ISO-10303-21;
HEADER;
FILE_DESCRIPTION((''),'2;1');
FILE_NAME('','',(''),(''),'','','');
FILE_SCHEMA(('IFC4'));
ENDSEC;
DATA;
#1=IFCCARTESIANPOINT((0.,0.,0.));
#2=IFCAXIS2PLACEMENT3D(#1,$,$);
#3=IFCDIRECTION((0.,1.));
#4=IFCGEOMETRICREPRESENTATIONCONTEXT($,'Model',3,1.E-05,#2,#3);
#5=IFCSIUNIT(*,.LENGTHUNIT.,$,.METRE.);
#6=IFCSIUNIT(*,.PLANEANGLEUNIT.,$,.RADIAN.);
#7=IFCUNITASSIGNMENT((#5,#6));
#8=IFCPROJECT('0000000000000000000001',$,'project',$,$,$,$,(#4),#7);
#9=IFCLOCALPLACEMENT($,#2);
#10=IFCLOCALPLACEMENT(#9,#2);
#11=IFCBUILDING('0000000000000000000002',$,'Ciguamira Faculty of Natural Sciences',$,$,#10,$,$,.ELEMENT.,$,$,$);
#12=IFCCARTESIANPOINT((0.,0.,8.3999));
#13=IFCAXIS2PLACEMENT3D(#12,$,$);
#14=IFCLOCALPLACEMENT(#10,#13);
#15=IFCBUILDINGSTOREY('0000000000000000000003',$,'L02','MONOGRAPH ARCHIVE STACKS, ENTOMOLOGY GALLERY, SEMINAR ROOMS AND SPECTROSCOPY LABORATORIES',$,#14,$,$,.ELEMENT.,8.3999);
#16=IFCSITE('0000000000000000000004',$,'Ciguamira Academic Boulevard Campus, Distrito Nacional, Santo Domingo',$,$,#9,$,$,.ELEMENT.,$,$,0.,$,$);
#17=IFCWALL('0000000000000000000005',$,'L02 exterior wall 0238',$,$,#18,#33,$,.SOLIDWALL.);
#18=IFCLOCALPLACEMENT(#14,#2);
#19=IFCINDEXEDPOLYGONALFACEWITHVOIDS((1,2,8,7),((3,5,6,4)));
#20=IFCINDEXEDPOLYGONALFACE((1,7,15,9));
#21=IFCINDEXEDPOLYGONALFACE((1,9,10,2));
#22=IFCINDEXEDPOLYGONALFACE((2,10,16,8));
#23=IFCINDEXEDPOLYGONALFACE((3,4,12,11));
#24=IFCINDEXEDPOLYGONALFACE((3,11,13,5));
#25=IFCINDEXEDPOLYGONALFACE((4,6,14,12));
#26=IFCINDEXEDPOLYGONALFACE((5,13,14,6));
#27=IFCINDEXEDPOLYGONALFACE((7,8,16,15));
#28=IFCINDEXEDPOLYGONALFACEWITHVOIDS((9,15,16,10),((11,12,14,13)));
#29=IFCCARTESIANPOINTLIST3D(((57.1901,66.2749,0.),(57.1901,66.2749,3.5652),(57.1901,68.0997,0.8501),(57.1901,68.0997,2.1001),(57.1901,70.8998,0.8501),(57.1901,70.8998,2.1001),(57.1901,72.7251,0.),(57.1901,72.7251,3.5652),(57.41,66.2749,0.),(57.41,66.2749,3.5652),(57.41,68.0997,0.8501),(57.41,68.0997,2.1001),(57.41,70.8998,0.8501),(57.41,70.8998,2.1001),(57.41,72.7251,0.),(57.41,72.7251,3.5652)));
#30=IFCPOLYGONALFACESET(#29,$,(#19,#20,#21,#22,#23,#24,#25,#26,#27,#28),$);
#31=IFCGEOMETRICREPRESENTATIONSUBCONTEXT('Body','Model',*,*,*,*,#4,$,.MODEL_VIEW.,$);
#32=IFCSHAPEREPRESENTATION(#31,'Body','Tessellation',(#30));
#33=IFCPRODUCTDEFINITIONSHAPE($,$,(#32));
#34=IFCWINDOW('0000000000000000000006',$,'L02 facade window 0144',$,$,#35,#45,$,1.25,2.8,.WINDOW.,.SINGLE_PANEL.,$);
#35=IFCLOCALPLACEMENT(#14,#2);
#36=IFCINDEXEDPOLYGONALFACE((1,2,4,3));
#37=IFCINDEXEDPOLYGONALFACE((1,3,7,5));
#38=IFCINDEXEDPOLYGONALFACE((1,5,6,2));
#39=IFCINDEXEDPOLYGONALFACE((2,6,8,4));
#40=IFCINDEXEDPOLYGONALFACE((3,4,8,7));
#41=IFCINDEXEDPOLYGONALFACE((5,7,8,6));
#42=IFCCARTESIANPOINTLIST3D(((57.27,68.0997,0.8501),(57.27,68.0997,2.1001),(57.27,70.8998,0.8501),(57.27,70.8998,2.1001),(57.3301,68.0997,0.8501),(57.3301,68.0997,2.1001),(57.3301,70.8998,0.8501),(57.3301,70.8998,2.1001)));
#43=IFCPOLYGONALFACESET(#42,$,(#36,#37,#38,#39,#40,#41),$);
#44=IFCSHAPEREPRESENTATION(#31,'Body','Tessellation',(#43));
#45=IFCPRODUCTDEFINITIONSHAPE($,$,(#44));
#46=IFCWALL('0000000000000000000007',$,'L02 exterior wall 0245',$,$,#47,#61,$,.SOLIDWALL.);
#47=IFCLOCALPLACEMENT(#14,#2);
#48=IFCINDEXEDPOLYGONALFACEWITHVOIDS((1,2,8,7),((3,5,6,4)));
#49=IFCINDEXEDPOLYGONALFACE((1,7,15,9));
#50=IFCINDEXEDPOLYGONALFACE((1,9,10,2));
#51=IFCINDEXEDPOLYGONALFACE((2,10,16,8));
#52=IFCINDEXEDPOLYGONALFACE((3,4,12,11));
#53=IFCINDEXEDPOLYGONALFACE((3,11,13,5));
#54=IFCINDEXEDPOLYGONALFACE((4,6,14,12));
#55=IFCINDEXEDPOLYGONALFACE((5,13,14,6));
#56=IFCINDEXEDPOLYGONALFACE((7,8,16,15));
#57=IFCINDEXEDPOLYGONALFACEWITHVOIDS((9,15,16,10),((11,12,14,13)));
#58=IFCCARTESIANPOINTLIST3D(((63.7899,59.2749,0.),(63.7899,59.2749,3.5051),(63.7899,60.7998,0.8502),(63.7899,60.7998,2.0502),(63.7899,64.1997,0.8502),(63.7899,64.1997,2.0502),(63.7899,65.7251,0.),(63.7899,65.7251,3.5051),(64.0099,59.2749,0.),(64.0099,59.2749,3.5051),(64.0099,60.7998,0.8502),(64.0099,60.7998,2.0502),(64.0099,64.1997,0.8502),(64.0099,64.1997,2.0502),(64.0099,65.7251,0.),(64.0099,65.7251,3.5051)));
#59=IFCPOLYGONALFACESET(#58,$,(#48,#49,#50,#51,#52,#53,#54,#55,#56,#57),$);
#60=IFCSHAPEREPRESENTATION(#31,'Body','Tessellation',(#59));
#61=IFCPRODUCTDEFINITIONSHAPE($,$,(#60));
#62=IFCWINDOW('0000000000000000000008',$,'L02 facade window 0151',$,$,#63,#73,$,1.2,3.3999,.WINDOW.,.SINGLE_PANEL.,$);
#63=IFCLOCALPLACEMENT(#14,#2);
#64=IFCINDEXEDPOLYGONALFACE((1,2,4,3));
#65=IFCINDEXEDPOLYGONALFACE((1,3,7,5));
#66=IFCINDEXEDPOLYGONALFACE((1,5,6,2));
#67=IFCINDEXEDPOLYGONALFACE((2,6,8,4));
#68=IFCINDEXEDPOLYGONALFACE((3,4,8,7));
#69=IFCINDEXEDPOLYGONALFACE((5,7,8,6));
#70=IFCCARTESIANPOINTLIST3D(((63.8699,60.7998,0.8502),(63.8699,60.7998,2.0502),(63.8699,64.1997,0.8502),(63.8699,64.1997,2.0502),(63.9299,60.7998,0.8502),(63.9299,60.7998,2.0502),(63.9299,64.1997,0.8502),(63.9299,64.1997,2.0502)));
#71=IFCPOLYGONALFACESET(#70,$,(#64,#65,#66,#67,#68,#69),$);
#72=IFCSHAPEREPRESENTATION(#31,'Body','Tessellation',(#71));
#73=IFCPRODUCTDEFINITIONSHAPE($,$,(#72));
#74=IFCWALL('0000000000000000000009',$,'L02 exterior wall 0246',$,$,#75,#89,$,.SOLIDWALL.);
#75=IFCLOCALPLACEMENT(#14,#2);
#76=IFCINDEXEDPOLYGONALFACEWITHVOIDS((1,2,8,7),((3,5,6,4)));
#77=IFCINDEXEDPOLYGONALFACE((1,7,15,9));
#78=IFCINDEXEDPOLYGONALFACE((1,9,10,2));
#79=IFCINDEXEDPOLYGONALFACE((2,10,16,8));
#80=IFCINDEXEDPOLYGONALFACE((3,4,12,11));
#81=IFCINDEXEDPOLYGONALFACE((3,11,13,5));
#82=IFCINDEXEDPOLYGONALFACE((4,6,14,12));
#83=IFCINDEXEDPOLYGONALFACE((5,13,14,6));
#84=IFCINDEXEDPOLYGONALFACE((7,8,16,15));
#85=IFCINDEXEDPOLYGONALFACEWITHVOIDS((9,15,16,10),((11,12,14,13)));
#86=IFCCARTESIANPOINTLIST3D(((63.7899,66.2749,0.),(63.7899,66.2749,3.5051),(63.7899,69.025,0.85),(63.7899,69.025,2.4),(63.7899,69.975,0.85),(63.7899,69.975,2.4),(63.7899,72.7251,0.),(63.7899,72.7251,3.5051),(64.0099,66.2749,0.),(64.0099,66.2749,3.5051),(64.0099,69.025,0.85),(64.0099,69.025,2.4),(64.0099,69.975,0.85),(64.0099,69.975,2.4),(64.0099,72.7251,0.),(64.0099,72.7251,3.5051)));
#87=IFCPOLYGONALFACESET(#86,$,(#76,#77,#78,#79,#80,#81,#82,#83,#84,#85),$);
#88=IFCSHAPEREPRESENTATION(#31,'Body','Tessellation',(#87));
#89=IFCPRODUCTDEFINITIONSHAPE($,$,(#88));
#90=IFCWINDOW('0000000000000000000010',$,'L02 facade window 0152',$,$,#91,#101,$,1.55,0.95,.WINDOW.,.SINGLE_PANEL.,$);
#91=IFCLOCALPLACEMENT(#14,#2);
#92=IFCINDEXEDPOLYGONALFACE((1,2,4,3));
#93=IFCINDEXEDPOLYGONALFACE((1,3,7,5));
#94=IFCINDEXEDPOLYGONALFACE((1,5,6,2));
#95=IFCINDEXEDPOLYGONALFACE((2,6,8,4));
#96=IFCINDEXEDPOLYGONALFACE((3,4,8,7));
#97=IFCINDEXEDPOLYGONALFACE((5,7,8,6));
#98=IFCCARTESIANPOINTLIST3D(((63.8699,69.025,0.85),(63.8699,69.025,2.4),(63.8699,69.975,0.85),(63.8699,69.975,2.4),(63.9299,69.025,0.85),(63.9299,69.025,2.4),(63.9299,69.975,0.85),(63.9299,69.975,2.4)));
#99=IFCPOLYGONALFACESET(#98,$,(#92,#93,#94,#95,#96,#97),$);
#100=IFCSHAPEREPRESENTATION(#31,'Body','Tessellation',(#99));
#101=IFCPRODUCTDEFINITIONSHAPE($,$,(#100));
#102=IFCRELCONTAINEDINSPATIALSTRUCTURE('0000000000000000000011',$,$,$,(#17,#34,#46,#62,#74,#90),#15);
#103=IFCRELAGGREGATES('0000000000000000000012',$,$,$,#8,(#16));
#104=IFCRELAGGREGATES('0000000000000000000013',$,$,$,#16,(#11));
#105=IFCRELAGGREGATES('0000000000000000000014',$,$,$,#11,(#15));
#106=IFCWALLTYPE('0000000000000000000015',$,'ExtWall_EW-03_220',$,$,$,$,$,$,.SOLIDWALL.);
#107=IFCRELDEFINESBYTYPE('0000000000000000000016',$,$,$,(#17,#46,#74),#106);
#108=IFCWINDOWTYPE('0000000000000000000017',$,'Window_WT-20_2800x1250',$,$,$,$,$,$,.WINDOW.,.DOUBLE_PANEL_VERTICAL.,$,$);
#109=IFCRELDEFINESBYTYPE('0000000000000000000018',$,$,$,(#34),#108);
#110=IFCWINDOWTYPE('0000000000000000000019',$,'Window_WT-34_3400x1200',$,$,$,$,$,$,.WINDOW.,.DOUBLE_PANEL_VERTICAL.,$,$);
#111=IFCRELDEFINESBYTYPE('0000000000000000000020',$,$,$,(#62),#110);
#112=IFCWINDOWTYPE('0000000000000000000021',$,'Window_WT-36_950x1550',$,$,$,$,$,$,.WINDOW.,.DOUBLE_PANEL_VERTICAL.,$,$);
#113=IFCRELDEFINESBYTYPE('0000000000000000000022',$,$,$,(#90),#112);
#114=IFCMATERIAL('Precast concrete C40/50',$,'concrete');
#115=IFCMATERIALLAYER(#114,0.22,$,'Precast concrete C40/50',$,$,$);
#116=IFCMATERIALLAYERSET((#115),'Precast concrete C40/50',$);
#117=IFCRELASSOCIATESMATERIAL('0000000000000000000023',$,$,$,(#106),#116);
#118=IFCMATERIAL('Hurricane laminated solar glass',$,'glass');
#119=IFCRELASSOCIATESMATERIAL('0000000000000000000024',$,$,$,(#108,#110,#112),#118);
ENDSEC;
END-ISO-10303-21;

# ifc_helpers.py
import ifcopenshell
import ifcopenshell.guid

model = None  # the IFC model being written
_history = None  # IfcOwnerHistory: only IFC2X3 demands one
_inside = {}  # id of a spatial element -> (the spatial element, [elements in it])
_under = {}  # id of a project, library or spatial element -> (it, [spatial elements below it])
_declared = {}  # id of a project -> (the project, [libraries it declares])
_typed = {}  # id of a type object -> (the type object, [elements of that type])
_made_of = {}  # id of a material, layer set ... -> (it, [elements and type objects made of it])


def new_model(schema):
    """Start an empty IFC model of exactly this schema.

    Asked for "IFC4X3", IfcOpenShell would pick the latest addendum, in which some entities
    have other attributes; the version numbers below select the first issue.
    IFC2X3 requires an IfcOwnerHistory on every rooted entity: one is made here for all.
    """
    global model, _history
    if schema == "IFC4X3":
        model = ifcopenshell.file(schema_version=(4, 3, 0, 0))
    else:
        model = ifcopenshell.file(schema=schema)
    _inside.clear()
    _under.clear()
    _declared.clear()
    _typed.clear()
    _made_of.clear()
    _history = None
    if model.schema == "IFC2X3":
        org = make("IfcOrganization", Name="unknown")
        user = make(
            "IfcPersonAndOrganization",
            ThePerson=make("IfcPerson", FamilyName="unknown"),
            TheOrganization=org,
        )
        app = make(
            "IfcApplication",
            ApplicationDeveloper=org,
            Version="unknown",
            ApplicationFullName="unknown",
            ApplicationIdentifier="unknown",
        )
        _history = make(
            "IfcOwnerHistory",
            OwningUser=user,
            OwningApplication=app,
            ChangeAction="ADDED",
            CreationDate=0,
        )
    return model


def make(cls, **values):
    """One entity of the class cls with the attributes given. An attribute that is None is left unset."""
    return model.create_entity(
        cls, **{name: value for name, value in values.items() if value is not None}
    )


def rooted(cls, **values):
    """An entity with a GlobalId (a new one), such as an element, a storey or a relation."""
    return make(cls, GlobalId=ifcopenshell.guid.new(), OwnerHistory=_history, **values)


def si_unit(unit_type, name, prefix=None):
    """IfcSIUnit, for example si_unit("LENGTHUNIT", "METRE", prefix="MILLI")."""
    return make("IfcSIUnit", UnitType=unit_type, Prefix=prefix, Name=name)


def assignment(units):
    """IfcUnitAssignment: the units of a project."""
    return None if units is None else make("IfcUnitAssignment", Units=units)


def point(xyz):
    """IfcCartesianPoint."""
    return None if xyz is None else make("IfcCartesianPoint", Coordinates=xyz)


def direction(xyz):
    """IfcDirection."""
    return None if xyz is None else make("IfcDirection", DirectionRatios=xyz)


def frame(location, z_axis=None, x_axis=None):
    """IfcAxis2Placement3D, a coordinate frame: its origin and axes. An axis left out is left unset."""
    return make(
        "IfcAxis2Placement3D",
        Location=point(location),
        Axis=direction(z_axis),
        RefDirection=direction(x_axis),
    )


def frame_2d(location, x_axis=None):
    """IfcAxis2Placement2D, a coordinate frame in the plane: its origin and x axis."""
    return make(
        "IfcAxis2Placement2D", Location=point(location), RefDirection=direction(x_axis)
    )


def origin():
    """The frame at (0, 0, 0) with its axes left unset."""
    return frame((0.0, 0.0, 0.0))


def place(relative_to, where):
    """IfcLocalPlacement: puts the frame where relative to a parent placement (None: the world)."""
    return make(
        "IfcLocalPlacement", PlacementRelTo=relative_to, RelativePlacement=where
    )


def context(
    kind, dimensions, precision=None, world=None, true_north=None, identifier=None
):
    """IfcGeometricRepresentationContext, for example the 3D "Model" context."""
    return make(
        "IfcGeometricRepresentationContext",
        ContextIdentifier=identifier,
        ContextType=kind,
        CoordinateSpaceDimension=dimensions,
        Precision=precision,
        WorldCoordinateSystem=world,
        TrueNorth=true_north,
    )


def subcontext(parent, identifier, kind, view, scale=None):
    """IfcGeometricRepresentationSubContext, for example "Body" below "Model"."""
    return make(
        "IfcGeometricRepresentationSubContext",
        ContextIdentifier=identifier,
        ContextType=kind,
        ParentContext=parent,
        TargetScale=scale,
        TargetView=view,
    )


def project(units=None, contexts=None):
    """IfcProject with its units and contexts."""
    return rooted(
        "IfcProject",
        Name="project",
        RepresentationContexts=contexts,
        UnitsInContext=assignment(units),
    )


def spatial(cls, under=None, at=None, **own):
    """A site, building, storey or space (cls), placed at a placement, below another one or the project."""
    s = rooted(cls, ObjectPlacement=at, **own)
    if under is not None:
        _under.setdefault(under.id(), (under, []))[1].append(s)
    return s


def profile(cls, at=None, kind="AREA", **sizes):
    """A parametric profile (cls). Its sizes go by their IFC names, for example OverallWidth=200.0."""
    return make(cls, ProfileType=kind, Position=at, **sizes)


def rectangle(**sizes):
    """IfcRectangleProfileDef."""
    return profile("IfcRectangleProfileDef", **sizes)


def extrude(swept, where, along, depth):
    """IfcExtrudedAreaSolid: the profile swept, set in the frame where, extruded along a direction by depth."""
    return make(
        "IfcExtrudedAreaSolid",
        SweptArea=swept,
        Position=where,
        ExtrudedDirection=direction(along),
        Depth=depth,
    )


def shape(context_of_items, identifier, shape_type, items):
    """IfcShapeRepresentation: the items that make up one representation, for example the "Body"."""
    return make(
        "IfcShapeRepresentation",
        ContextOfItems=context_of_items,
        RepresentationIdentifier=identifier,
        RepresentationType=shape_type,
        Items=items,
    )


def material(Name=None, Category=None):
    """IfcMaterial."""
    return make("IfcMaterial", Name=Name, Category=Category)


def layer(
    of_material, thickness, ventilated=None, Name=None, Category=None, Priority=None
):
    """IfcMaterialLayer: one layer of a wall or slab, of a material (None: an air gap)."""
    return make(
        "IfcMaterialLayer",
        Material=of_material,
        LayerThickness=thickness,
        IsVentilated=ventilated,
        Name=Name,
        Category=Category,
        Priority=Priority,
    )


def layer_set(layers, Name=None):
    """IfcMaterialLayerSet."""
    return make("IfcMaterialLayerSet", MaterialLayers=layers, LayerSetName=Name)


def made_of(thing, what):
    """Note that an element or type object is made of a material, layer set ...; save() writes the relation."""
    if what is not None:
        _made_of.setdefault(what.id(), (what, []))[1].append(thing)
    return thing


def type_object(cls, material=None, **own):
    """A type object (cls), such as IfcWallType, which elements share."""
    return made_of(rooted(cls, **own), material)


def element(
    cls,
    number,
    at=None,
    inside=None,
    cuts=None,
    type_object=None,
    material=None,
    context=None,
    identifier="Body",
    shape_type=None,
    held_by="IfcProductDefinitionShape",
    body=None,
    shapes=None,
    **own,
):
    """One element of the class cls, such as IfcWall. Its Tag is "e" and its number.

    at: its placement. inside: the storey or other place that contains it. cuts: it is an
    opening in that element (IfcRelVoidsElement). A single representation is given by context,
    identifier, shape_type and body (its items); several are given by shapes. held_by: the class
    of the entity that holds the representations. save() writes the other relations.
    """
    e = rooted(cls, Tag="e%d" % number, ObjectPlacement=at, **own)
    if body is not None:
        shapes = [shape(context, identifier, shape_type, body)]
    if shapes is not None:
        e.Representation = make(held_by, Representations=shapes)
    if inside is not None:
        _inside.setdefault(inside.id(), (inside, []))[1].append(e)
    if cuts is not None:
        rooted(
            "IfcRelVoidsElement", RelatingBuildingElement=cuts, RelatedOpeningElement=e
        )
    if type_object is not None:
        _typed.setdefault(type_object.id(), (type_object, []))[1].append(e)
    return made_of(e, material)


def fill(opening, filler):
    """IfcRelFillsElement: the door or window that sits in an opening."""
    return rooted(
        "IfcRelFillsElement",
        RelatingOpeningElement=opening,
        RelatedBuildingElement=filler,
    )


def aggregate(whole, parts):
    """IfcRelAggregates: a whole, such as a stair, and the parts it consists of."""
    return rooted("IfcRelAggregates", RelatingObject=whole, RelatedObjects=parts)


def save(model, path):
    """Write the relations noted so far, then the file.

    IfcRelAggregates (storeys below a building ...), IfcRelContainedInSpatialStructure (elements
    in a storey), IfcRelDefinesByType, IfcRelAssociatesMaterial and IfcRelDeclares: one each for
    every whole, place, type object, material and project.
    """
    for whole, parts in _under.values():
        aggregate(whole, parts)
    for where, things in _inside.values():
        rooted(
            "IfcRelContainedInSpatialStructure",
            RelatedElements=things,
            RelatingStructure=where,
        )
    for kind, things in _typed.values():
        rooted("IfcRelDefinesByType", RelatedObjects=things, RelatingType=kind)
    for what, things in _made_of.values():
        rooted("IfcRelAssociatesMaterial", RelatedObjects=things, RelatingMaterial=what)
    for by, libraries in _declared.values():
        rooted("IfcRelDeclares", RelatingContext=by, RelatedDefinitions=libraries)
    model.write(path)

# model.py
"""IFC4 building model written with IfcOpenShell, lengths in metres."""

from ifc_helpers import new_model, si_unit, direction, frame, frame_2d, origin, place, context, subcontext, project, spatial, rectangle, extrude, material, layer, layer_set, type_object, element, fill, save


model = new_model("IFC4")

# Units and contexts
model_context = context("Model", 3, precision=1e-05, world=origin(), true_north=direction((0.0, 1.0)))
body_context = subcontext(model_context, "Body", "Model", "MODEL_VIEW")
ifc_project = project(units=[si_unit("LENGTHUNIT", "METRE"), si_unit("PLANEANGLEUNIT", "RADIAN")], contexts=[model_context])

# Site, building, storey
site_placement = place(None, origin())
site = spatial("IfcSite", under=ifc_project, at=site_placement, Name="Ciguamira Academic Boulevard Campus, Distrito Nacional, Santo Domingo", CompositionType="ELEMENT", RefElevation=0.0)
building_placement = place(site_placement, origin())
building = spatial("IfcBuilding", under=site, at=building_placement, Name="Ciguamira Faculty of Natural Sciences", CompositionType="ELEMENT")
storey_placement = place(building_placement, frame((0.0, 0.0, 8.3999)))
storey = spatial("IfcBuildingStorey", under=building, at=storey_placement, Name="L02", Description="MONOGRAPH ARCHIVE STACKS, ENTOMOLOGY GALLERY, SEMINAR ROOMS AND SPECTROSCOPY LABORATORIES", CompositionType="ELEMENT", Elevation=8.3999)

# Shared definitions
ifc_material_1 = material(Name="Precast concrete C40/50", Category="concrete")

# Walls, openings, windows
ifc_layer = layer(ifc_material_1, 0.22, Name="Precast concrete C40/50")
ifc_layer_set = layer_set([ifc_layer], Name="Precast concrete C40/50")
wall_type = type_object("IfcWallType", Name="ExtWall_EW-03_220", PredefinedType="SOLIDWALL", material=ifc_layer_set)
ifc_material_2 = material(Name="Hurricane laminated solar glass", Category="glass")
wall_1_placement = place(storey_placement, frame((57.3, 66.2749, 0.0), z_axis=(0.0, 0.0, 1.0), x_axis=(0.0, 1.0, 0.0)))
wall_1 = element("IfcWall", 1, at=wall_1_placement, inside=storey, type_object=wall_type, Name="L02 exterior wall 0238", PredefinedType="SOLIDWALL", context=body_context, shape_type="SweptSolid", body=[
    extrude(rectangle(XDim=6.4502, YDim=0.22, at=frame_2d((3.2251, 0.0))), origin(), (0.0, 0.0, 1.0), 3.5652),
])
opening_1_placement = place(wall_1_placement, frame((1.825, 0.0, 0.8501)))
opening_1 = element("IfcOpeningElement", 2, at=opening_1_placement, cuts=wall_1, PredefinedType="OPENING", context=body_context, shape_type="SweptSolid", body=[
    extrude(rectangle(XDim=2.8, YDim=1.25, at=frame_2d((1.3999, 0.625))), frame((0.0, 0.1199, 0.0), z_axis=(0.0, -1.0, 0.0), x_axis=(1.0, 0.0, 0.0)), (0.0, 0.0, 1.0), 0.24),
])
window_type_1 = type_object("IfcWindowType", Name="Window_WT-20_2800x1250", PartitioningType="DOUBLE_PANEL_VERTICAL", PredefinedType="WINDOW", material=ifc_material_2)
window_1_placement = place(opening_1_placement, origin())
window_1 = element("IfcWindow", 3, at=window_1_placement, inside=storey, type_object=window_type_1, Name="L02 facade window 0144", OverallHeight=1.25, OverallWidth=2.8, PartitioningType="SINGLE_PANEL", PredefinedType="WINDOW", context=body_context, shape_type="SweptSolid", body=[
    extrude(rectangle(XDim=2.8, YDim=1.25, at=frame_2d((1.3999, 0.625))), frame((0.0, 0.03, 0.0), z_axis=(0.0, -1.0, 0.0), x_axis=(1.0, 0.0, 0.0)), (0.0, 0.0, 1.0), 0.0601),
])
fill(opening_1, window_1)
wall_2_placement = place(storey_placement, frame((63.8999, 59.2749, 0.0), z_axis=(0.0, 0.0, 1.0), x_axis=(0.0, 1.0, 0.0)))
wall_2 = element("IfcWall", 4, at=wall_2_placement, inside=storey, type_object=wall_type, Name="L02 exterior wall 0245", PredefinedType="SOLIDWALL", context=body_context, shape_type="SweptSolid", body=[
    extrude(rectangle(XDim=6.4502, YDim=0.22, at=frame_2d((3.2251, 0.0))), origin(), (0.0, 0.0, 1.0), 3.5051),
])
opening_2_placement = place(wall_2_placement, frame((1.5249, 0.0, 0.8501)))
opening_2 = element("IfcOpeningElement", 5, at=opening_2_placement, cuts=wall_2, PredefinedType="OPENING", context=body_context, shape_type="SweptSolid", body=[
    extrude(rectangle(XDim=3.3999, YDim=1.2, at=frame_2d((1.7, 0.6001))), frame((0.0, 0.1199, 0.0), z_axis=(0.0, -1.0, 0.0), x_axis=(1.0, 0.0, 0.0)), (0.0, 0.0, 1.0), 0.24),
])
window_type_2 = type_object("IfcWindowType", Name="Window_WT-34_3400x1200", PartitioningType="DOUBLE_PANEL_VERTICAL", PredefinedType="WINDOW", material=ifc_material_2)
window_2_placement = place(opening_2_placement, origin())
window_2 = element("IfcWindow", 6, at=window_2_placement, inside=storey, type_object=window_type_2, Name="L02 facade window 0151", OverallHeight=1.2, OverallWidth=3.3999, PartitioningType="SINGLE_PANEL", PredefinedType="WINDOW", context=body_context, shape_type="SweptSolid", body=[
    extrude(rectangle(XDim=3.3999, YDim=1.2, at=frame_2d((1.7, 0.6001))), frame((0.0, 0.03, 0.0), z_axis=(0.0, -1.0, 0.0), x_axis=(1.0, 0.0, 0.0)), (0.0, 0.0, 1.0), 0.0601),
])
fill(opening_2, window_2)
wall_3_placement = place(storey_placement, frame((63.8999, 66.2749, 0.0), z_axis=(0.0, 0.0, 1.0), x_axis=(0.0, 1.0, 0.0)))
wall_3 = element("IfcWall", 7, at=wall_3_placement, inside=storey, type_object=wall_type, Name="L02 exterior wall 0246", PredefinedType="SOLIDWALL", context=body_context, shape_type="SweptSolid", body=[
    extrude(rectangle(XDim=6.4502, YDim=0.22, at=frame_2d((3.2251, 0.0))), origin(), (0.0, 0.0, 1.0), 3.5051),
])
opening_3_placement = place(wall_3_placement, frame((2.75, 0.0, 0.8501)))
opening_3 = element("IfcOpeningElement", 8, at=opening_3_placement, cuts=wall_3, PredefinedType="OPENING", context=body_context, shape_type="SweptSolid", body=[
    extrude(rectangle(XDim=0.95, YDim=1.55, at=frame_2d((0.4751, 0.7749))), frame((0.0, 0.1199, 0.0), z_axis=(0.0, -1.0, 0.0), x_axis=(1.0, 0.0, 0.0)), (0.0, 0.0, 1.0), 0.24),
])
window_type_3 = type_object("IfcWindowType", Name="Window_WT-36_950x1550", PartitioningType="DOUBLE_PANEL_VERTICAL", PredefinedType="WINDOW", material=ifc_material_2)
window_3_placement = place(opening_3_placement, origin())
window_3 = element("IfcWindow", 9, at=window_3_placement, inside=storey, type_object=window_type_3, Name="L02 facade window 0152", OverallHeight=1.55, OverallWidth=0.95, PartitioningType="SINGLE_PANEL", PredefinedType="WINDOW", context=body_context, shape_type="SweptSolid", body=[
    extrude(rectangle(XDim=0.95, YDim=1.55, at=frame_2d((0.4751, 0.7749))), frame((0.0, 0.03, 0.0), z_axis=(0.0, -1.0, 0.0), x_axis=(1.0, 0.0, 0.0)), (0.0, 0.0, 1.0), 0.0601),
])
fill(opening_3, window_3)

save(model, "model.ifc")
